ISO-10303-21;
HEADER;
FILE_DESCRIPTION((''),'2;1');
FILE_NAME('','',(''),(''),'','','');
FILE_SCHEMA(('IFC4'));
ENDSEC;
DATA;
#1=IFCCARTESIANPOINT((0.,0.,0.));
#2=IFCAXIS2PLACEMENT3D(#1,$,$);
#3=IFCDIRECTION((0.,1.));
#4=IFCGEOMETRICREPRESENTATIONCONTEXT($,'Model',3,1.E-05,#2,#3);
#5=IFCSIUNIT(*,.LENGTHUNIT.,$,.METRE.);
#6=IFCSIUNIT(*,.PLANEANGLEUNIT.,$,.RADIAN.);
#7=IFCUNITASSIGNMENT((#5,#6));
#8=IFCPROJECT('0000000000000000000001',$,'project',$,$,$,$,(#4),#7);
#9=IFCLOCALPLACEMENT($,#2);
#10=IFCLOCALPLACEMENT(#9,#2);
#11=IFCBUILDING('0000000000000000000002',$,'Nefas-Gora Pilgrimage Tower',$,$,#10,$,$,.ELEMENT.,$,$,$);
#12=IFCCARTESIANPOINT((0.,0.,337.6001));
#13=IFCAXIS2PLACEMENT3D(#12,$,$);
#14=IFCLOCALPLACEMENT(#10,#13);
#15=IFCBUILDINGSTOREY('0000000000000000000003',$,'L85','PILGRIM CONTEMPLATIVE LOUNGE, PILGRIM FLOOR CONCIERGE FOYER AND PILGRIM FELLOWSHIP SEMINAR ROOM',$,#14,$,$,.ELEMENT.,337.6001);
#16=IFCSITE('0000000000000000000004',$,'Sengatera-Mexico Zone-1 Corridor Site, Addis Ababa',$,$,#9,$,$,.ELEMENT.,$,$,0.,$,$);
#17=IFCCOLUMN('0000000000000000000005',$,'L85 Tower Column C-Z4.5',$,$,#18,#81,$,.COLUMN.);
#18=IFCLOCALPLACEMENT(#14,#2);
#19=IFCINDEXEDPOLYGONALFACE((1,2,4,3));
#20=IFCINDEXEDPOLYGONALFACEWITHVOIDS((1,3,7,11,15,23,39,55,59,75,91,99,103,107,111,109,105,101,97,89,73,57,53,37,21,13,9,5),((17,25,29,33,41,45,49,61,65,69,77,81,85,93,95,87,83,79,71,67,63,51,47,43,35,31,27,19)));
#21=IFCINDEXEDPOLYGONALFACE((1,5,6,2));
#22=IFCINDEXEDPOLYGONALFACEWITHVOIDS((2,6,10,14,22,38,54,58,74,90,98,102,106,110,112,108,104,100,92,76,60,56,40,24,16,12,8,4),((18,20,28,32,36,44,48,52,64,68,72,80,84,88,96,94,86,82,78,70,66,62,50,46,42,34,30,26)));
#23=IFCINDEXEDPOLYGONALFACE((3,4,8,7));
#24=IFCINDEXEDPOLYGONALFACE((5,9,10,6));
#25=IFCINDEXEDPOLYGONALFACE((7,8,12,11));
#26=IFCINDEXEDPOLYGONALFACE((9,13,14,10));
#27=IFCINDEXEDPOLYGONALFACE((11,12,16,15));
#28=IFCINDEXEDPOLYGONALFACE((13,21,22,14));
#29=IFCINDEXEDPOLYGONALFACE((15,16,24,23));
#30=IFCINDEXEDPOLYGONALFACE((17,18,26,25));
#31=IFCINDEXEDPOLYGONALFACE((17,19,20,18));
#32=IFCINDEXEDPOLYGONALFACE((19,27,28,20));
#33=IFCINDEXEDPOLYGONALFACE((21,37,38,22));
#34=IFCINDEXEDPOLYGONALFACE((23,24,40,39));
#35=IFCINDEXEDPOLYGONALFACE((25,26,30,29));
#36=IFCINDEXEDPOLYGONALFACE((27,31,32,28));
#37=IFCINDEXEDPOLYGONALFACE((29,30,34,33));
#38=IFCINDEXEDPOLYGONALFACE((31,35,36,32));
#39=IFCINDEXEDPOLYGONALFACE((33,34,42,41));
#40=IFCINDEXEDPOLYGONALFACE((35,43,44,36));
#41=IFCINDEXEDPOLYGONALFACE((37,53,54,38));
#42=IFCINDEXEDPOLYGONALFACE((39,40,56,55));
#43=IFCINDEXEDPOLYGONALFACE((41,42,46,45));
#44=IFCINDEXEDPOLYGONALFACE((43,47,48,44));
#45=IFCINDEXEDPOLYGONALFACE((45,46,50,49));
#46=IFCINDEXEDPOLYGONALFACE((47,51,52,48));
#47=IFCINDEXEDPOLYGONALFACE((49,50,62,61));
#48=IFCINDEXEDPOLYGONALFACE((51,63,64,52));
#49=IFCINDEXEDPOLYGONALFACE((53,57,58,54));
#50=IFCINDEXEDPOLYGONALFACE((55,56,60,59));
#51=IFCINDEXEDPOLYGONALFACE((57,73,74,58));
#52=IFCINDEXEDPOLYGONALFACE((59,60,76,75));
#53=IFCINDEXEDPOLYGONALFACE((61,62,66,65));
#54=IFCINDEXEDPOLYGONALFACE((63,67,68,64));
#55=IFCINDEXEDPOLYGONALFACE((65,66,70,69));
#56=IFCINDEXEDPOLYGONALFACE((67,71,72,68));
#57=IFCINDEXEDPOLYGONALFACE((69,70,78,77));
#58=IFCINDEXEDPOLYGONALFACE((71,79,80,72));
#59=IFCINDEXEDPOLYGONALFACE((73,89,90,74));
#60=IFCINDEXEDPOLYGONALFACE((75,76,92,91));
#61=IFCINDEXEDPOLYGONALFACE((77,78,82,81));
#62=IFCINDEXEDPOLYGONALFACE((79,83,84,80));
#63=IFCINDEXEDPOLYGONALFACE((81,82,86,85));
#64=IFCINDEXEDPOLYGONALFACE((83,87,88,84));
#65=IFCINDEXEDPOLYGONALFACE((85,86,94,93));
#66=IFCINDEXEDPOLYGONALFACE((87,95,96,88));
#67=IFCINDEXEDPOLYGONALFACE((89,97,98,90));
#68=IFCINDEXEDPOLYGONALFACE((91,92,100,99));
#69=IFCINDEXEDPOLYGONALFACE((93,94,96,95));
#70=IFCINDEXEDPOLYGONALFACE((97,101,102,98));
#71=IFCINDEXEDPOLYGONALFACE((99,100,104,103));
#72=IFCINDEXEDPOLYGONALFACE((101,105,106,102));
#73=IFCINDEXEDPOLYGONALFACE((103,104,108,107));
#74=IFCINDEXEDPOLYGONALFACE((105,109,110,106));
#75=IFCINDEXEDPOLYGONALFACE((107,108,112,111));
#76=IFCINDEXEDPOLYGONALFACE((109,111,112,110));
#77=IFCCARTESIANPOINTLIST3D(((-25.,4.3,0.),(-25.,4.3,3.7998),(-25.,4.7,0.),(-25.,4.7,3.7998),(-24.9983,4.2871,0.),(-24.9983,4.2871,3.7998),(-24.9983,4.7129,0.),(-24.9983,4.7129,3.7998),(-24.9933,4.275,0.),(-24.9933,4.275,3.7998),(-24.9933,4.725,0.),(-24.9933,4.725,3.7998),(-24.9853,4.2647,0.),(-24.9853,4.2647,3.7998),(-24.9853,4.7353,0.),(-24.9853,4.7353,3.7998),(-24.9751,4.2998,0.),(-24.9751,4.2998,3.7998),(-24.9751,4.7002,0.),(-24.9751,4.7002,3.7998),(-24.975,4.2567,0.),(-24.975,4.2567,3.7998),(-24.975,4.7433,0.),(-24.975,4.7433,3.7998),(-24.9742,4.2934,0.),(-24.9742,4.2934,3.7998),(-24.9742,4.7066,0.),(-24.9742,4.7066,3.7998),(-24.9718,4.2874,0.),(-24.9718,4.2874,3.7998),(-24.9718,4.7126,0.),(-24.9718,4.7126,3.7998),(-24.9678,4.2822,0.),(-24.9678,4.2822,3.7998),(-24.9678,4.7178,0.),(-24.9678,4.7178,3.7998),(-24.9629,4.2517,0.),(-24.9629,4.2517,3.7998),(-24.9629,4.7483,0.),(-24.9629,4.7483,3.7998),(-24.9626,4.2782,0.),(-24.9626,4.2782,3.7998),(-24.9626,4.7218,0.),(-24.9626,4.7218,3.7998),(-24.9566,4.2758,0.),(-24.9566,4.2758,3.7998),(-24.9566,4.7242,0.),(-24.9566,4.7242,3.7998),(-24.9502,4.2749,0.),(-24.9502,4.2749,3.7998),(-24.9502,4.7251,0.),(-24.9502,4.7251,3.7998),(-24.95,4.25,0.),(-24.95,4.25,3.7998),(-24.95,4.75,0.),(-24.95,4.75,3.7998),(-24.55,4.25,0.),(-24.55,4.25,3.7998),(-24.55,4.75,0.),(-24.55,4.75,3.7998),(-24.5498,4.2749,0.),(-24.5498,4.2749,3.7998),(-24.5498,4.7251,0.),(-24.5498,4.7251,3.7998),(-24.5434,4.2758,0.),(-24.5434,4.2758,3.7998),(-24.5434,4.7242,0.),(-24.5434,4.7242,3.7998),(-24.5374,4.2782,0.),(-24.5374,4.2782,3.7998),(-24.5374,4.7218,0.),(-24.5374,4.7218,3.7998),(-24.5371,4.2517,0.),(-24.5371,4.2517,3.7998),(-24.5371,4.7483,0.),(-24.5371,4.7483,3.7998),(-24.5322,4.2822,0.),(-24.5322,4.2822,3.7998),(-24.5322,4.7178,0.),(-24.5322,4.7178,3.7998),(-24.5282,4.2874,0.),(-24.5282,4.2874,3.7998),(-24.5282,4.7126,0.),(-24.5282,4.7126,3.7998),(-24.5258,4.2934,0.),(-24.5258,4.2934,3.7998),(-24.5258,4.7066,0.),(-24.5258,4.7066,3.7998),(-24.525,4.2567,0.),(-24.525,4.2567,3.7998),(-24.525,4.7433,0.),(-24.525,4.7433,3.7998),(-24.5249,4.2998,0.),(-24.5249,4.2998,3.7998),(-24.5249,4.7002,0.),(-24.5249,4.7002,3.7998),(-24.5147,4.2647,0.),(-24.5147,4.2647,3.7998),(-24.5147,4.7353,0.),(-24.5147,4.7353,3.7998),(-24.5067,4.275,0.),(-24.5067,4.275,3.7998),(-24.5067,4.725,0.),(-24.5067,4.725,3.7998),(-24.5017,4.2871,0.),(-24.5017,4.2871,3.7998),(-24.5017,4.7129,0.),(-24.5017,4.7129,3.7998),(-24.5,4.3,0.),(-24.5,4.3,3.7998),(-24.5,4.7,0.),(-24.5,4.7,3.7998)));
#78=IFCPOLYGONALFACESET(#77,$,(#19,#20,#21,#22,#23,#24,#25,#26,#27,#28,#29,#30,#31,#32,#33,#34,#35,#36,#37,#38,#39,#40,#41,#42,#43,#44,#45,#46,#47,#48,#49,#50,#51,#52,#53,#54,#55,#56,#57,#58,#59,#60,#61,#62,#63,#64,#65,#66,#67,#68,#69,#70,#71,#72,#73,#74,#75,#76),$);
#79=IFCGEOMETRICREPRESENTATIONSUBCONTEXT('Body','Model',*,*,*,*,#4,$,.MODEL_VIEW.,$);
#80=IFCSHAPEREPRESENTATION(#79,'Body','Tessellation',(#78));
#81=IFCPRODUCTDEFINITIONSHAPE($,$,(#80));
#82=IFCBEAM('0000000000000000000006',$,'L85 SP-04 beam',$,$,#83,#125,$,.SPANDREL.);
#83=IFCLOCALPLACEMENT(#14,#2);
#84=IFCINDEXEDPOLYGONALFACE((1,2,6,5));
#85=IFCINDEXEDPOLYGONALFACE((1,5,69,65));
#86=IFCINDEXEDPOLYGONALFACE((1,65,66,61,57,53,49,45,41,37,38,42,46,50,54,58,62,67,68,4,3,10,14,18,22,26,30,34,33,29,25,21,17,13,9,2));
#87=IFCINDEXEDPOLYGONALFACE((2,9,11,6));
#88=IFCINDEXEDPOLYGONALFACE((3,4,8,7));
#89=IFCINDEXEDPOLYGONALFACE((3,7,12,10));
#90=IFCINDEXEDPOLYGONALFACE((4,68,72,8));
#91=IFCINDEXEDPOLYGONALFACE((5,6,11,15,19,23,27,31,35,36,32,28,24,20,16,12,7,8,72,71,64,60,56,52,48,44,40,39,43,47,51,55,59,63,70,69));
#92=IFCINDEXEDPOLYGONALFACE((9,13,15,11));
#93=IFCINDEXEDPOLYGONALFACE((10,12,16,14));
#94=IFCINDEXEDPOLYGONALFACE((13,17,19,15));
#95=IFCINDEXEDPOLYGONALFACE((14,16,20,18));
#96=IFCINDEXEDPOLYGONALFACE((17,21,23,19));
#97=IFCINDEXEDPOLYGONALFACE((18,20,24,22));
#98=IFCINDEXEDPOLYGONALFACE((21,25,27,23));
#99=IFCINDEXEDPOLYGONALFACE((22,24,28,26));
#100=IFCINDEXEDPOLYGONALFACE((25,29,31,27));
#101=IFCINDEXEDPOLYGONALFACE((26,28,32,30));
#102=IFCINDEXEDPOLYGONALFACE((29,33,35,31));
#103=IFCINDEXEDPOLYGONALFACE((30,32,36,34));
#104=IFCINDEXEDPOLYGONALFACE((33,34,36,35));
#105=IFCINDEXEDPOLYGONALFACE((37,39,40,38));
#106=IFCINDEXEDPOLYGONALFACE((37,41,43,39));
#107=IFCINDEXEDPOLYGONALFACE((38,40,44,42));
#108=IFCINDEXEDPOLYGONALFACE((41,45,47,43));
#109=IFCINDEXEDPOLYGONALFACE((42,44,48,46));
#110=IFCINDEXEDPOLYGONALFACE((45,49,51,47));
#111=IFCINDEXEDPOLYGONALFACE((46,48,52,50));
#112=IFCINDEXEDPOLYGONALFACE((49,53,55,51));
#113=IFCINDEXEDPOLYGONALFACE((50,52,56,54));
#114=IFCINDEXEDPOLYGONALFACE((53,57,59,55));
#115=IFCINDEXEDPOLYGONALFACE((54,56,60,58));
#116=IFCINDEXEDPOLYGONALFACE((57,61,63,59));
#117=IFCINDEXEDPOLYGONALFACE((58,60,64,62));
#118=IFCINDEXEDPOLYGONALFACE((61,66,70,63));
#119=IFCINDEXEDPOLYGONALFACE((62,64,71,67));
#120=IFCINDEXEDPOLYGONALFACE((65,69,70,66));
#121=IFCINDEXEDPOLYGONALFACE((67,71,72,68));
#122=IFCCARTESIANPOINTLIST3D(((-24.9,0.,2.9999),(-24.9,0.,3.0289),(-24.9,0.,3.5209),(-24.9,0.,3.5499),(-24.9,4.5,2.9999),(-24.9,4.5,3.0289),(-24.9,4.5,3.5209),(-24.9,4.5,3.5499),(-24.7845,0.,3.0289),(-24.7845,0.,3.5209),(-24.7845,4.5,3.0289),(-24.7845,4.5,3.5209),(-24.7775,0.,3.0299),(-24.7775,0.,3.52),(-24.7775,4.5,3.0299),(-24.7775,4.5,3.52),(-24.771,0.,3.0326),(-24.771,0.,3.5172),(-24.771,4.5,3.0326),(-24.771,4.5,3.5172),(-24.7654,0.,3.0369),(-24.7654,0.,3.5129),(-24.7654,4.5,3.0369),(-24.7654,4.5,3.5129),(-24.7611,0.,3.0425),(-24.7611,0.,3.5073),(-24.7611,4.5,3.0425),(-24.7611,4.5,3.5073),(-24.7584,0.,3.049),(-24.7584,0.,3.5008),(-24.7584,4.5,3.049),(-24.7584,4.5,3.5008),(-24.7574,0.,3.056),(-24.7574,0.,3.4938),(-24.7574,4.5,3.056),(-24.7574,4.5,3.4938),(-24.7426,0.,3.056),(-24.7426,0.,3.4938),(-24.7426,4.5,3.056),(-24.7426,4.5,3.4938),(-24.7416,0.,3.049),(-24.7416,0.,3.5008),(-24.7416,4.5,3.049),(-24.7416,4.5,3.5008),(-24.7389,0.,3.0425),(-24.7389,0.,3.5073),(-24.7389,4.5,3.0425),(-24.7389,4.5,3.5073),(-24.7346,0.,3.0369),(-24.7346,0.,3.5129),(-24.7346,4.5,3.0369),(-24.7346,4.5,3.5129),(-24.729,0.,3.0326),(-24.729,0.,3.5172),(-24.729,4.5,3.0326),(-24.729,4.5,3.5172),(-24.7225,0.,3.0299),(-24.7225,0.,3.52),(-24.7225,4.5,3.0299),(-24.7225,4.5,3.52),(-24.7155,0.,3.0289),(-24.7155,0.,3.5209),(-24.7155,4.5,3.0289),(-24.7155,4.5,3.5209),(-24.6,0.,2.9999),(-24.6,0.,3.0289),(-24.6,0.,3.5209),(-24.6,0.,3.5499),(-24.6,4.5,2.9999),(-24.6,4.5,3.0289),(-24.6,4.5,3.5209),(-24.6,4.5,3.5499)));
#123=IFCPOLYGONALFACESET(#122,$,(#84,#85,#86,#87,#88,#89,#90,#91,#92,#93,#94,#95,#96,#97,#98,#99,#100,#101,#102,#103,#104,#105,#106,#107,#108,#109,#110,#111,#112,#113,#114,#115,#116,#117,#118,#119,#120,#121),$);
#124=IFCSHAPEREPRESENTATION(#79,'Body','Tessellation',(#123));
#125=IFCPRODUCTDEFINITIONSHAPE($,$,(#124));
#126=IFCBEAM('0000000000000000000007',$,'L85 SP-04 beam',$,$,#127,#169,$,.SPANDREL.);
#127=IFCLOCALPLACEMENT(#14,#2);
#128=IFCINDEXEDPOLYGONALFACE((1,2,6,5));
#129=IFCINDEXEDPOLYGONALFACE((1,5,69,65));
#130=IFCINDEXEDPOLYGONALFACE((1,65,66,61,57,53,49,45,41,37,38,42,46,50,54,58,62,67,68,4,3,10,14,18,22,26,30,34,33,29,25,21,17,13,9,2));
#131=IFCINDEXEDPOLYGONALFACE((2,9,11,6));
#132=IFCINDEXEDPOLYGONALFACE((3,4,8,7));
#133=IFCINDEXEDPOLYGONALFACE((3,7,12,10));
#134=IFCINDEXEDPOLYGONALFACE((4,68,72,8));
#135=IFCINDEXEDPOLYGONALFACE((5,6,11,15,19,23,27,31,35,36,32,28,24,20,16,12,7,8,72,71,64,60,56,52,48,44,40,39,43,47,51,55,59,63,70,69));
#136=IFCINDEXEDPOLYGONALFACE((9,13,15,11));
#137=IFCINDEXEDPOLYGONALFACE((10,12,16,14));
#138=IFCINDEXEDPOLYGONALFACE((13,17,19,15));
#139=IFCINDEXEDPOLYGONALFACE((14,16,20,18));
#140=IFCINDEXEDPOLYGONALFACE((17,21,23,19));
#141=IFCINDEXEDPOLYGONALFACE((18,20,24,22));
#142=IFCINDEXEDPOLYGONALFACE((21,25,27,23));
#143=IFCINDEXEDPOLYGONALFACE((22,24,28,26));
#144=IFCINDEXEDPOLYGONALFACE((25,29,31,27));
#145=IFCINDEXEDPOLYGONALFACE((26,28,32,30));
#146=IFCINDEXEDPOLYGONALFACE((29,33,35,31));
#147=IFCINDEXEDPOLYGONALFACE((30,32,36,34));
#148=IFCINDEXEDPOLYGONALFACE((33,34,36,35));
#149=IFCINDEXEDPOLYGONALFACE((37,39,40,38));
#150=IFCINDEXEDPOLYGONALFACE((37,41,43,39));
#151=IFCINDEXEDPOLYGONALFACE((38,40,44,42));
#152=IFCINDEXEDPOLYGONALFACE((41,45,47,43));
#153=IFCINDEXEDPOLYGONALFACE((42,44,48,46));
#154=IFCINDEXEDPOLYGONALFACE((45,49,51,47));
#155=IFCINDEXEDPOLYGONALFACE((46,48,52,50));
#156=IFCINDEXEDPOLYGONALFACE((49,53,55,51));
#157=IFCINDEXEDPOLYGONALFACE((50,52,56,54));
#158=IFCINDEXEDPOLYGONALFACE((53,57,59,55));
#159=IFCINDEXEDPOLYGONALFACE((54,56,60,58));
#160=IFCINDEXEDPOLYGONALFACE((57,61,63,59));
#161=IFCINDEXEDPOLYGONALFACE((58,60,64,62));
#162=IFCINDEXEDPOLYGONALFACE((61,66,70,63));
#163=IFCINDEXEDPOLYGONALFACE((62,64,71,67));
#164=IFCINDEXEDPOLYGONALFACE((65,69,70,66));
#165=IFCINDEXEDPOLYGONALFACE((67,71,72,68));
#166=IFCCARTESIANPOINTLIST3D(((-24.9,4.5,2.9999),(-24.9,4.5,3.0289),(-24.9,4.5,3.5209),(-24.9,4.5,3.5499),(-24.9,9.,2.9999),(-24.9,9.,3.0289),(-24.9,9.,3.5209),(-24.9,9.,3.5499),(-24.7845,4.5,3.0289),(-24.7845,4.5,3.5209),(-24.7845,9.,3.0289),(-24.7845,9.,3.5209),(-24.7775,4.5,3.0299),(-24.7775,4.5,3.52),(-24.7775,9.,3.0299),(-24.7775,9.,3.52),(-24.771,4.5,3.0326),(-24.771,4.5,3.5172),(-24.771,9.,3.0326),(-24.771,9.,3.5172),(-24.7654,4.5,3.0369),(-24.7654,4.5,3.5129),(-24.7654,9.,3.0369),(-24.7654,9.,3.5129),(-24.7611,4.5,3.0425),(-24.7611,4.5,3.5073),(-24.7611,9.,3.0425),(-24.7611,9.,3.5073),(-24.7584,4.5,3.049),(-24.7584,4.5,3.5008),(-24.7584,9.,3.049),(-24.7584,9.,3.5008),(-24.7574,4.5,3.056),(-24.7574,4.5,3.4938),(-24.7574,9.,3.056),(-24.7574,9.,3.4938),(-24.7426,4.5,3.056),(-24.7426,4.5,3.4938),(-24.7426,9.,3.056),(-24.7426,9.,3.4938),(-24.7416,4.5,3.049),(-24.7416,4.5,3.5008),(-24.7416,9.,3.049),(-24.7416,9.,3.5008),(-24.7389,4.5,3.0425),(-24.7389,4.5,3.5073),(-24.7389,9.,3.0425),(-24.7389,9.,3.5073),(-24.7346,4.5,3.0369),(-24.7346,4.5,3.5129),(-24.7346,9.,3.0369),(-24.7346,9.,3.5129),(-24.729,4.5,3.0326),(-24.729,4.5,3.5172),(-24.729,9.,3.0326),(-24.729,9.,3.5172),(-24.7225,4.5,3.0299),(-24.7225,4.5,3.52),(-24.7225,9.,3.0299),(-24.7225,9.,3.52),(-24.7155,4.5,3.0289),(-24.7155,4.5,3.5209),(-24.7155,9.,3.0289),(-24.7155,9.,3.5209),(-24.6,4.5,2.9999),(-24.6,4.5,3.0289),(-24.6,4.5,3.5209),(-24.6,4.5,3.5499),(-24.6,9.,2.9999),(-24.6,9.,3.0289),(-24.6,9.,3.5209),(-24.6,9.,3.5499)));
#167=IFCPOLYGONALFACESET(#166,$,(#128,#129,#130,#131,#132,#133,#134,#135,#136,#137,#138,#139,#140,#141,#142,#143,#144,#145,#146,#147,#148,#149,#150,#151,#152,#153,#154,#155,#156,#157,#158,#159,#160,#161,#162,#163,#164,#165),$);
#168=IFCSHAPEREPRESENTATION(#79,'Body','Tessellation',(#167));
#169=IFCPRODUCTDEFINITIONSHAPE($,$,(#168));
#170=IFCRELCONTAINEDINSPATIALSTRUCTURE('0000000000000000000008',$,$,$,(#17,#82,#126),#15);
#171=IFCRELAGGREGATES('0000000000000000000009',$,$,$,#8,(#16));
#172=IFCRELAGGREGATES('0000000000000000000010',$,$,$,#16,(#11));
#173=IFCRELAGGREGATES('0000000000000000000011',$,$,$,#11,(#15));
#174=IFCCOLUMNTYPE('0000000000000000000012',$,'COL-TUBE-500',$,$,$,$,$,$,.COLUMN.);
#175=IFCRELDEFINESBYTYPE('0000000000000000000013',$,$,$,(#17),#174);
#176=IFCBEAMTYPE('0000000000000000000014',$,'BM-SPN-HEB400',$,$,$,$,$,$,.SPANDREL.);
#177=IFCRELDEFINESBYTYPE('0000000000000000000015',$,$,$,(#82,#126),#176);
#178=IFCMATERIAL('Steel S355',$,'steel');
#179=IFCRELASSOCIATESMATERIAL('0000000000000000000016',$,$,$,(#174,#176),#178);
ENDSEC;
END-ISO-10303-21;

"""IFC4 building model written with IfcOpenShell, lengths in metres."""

from ifc_helpers import new_model, si_unit, direction, frame, origin, origin_2d, place, context, subcontext, project, spatial, hollow_rectangle, i_section, extrude, source, transform, mapped, material, material_profile, profile_set, type_object, element, save


model = new_model("IFC4")

# Units and contexts
model_context = context("Model", 3, precision=1e-05, world=origin(), true_north=direction((0.0, 1.0)))
body_context = subcontext(model_context, "Body", "Model", "MODEL_VIEW")
ifc_project = project(units=[si_unit("LENGTHUNIT", "METRE"), si_unit("PLANEANGLEUNIT", "RADIAN")], contexts=[model_context])

# Site, building, storey
site_placement = place(None, origin())
site = spatial("IfcSite", under=ifc_project, at=site_placement, Name="Sengatera-Mexico Zone-1 Corridor Site, Addis Ababa", CompositionType="ELEMENT", RefElevation=0.0)
building_placement = place(site_placement, origin())
building = spatial("IfcBuilding", under=site, at=building_placement, Name="Nefas-Gora Pilgrimage Tower", CompositionType="ELEMENT")
storey_placement = place(building_placement, frame((0.0, 0.0, 337.6001)))
storey = spatial("IfcBuildingStorey", under=building, at=storey_placement, Name="L85", Description="PILGRIM CONTEMPLATIVE LOUNGE, PILGRIM FLOOR CONCIERGE FOYER AND PILGRIM FELLOWSHIP SEMINAR ROOM", CompositionType="ELEMENT", Elevation=337.6001)

# Column
ifc_material_1 = material(Name="Steel S355", Category="steel")
ifc_material_profile_1 = material_profile(ifc_material_1, hollow_rectangle(XDim=0.5, YDim=0.5, WallThickness=0.0249, InnerFilletRadius=0.0249, OuterFilletRadius=0.05, at=origin_2d()), Name="SHS 500x500x25")
ifc_profile_set_1 = profile_set([ifc_material_profile_1], Name="Steel S355")
column_type_1 = type_object("IfcColumnType", Name="COL-TUBE-500", PredefinedType="COLUMN", material=ifc_profile_set_1)
shared_shape_1 = source(origin(), body_context, "Body", "SweptSolid", [
    extrude(hollow_rectangle(XDim=0.5, YDim=0.5, WallThickness=0.0249, InnerFilletRadius=0.0249, OuterFilletRadius=0.05, at=origin_2d()), origin(), (0.0, 0.0, 1.0), 3.7998),
])
for number, where, z_axis, x_axis, name in (
    (1, (-24.75, 4.5, 0.0), (0.0, 0.0, 1.0), (1.0, 0.0, 0.0), "L85 Tower Column C-Z4.5"),
):
    element("IfcColumn", number, at=place(storey_placement, frame(where, z_axis=z_axis, x_axis=x_axis)), inside=storey, type_object=column_type_1, Name=name, PredefinedType="COLUMN", context=body_context, shape_type="MappedRepresentation", body=[
        mapped(shared_shape_1, transform((0.0, 0.0, 0.0), x_axis=(1.0, 0.0, 0.0), y_axis=(0.0, 1.0, 0.0), z_axis=(0.0, 0.0, 1.0), scale=1.0)),
    ])

# Beams
ifc_material_profile_2 = material_profile(ifc_material_1, i_section(OverallWidth=0.3, OverallDepth=0.55, WebThickness=0.0149, FlangeThickness=0.0291, FilletRadius=0.0271, at=origin_2d()), Name="HEB 550")
ifc_profile_set_2 = profile_set([ifc_material_profile_2], Name="Steel S355")
beam_type_1 = type_object("IfcBeamType", Name="BM-SPN-HEB400", PredefinedType="SPANDREL", material=ifc_profile_set_2)
shared_shape_2 = source(origin(), body_context, "Body", "SweptSolid", [
    extrude(i_section(OverallWidth=0.3, OverallDepth=0.55, WebThickness=0.0149, FlangeThickness=0.0291, FilletRadius=0.0271, at=origin_2d()), origin(), (0.0, 0.0, 1.0), 4.5),
])
for number, where, z_axis, x_axis, name in (
    (2, (-24.75, 0.0, 3.2749), (0.0, 1.0, 0.0), (-1.0, 0.0, 0.0), "L85 SP-04 beam"),
    (3, (-24.75, 4.5, 3.2749), (0.0, 1.0, 0.0), (-1.0, 0.0, 0.0), "L85 SP-04 beam"),
):
    element("IfcBeam", number, at=place(storey_placement, frame(where, z_axis=z_axis, x_axis=x_axis)), inside=storey, type_object=beam_type_1, Name=name, PredefinedType="SPANDREL", context=body_context, shape_type="MappedRepresentation", body=[
        mapped(shared_shape_2, transform((0.0, 0.0, 0.0), x_axis=(1.0, 0.0, 0.0), y_axis=(0.0, 1.0, 0.0), z_axis=(0.0, 0.0, 1.0), scale=1.0)),
    ])

save(model, "model.ifc")
